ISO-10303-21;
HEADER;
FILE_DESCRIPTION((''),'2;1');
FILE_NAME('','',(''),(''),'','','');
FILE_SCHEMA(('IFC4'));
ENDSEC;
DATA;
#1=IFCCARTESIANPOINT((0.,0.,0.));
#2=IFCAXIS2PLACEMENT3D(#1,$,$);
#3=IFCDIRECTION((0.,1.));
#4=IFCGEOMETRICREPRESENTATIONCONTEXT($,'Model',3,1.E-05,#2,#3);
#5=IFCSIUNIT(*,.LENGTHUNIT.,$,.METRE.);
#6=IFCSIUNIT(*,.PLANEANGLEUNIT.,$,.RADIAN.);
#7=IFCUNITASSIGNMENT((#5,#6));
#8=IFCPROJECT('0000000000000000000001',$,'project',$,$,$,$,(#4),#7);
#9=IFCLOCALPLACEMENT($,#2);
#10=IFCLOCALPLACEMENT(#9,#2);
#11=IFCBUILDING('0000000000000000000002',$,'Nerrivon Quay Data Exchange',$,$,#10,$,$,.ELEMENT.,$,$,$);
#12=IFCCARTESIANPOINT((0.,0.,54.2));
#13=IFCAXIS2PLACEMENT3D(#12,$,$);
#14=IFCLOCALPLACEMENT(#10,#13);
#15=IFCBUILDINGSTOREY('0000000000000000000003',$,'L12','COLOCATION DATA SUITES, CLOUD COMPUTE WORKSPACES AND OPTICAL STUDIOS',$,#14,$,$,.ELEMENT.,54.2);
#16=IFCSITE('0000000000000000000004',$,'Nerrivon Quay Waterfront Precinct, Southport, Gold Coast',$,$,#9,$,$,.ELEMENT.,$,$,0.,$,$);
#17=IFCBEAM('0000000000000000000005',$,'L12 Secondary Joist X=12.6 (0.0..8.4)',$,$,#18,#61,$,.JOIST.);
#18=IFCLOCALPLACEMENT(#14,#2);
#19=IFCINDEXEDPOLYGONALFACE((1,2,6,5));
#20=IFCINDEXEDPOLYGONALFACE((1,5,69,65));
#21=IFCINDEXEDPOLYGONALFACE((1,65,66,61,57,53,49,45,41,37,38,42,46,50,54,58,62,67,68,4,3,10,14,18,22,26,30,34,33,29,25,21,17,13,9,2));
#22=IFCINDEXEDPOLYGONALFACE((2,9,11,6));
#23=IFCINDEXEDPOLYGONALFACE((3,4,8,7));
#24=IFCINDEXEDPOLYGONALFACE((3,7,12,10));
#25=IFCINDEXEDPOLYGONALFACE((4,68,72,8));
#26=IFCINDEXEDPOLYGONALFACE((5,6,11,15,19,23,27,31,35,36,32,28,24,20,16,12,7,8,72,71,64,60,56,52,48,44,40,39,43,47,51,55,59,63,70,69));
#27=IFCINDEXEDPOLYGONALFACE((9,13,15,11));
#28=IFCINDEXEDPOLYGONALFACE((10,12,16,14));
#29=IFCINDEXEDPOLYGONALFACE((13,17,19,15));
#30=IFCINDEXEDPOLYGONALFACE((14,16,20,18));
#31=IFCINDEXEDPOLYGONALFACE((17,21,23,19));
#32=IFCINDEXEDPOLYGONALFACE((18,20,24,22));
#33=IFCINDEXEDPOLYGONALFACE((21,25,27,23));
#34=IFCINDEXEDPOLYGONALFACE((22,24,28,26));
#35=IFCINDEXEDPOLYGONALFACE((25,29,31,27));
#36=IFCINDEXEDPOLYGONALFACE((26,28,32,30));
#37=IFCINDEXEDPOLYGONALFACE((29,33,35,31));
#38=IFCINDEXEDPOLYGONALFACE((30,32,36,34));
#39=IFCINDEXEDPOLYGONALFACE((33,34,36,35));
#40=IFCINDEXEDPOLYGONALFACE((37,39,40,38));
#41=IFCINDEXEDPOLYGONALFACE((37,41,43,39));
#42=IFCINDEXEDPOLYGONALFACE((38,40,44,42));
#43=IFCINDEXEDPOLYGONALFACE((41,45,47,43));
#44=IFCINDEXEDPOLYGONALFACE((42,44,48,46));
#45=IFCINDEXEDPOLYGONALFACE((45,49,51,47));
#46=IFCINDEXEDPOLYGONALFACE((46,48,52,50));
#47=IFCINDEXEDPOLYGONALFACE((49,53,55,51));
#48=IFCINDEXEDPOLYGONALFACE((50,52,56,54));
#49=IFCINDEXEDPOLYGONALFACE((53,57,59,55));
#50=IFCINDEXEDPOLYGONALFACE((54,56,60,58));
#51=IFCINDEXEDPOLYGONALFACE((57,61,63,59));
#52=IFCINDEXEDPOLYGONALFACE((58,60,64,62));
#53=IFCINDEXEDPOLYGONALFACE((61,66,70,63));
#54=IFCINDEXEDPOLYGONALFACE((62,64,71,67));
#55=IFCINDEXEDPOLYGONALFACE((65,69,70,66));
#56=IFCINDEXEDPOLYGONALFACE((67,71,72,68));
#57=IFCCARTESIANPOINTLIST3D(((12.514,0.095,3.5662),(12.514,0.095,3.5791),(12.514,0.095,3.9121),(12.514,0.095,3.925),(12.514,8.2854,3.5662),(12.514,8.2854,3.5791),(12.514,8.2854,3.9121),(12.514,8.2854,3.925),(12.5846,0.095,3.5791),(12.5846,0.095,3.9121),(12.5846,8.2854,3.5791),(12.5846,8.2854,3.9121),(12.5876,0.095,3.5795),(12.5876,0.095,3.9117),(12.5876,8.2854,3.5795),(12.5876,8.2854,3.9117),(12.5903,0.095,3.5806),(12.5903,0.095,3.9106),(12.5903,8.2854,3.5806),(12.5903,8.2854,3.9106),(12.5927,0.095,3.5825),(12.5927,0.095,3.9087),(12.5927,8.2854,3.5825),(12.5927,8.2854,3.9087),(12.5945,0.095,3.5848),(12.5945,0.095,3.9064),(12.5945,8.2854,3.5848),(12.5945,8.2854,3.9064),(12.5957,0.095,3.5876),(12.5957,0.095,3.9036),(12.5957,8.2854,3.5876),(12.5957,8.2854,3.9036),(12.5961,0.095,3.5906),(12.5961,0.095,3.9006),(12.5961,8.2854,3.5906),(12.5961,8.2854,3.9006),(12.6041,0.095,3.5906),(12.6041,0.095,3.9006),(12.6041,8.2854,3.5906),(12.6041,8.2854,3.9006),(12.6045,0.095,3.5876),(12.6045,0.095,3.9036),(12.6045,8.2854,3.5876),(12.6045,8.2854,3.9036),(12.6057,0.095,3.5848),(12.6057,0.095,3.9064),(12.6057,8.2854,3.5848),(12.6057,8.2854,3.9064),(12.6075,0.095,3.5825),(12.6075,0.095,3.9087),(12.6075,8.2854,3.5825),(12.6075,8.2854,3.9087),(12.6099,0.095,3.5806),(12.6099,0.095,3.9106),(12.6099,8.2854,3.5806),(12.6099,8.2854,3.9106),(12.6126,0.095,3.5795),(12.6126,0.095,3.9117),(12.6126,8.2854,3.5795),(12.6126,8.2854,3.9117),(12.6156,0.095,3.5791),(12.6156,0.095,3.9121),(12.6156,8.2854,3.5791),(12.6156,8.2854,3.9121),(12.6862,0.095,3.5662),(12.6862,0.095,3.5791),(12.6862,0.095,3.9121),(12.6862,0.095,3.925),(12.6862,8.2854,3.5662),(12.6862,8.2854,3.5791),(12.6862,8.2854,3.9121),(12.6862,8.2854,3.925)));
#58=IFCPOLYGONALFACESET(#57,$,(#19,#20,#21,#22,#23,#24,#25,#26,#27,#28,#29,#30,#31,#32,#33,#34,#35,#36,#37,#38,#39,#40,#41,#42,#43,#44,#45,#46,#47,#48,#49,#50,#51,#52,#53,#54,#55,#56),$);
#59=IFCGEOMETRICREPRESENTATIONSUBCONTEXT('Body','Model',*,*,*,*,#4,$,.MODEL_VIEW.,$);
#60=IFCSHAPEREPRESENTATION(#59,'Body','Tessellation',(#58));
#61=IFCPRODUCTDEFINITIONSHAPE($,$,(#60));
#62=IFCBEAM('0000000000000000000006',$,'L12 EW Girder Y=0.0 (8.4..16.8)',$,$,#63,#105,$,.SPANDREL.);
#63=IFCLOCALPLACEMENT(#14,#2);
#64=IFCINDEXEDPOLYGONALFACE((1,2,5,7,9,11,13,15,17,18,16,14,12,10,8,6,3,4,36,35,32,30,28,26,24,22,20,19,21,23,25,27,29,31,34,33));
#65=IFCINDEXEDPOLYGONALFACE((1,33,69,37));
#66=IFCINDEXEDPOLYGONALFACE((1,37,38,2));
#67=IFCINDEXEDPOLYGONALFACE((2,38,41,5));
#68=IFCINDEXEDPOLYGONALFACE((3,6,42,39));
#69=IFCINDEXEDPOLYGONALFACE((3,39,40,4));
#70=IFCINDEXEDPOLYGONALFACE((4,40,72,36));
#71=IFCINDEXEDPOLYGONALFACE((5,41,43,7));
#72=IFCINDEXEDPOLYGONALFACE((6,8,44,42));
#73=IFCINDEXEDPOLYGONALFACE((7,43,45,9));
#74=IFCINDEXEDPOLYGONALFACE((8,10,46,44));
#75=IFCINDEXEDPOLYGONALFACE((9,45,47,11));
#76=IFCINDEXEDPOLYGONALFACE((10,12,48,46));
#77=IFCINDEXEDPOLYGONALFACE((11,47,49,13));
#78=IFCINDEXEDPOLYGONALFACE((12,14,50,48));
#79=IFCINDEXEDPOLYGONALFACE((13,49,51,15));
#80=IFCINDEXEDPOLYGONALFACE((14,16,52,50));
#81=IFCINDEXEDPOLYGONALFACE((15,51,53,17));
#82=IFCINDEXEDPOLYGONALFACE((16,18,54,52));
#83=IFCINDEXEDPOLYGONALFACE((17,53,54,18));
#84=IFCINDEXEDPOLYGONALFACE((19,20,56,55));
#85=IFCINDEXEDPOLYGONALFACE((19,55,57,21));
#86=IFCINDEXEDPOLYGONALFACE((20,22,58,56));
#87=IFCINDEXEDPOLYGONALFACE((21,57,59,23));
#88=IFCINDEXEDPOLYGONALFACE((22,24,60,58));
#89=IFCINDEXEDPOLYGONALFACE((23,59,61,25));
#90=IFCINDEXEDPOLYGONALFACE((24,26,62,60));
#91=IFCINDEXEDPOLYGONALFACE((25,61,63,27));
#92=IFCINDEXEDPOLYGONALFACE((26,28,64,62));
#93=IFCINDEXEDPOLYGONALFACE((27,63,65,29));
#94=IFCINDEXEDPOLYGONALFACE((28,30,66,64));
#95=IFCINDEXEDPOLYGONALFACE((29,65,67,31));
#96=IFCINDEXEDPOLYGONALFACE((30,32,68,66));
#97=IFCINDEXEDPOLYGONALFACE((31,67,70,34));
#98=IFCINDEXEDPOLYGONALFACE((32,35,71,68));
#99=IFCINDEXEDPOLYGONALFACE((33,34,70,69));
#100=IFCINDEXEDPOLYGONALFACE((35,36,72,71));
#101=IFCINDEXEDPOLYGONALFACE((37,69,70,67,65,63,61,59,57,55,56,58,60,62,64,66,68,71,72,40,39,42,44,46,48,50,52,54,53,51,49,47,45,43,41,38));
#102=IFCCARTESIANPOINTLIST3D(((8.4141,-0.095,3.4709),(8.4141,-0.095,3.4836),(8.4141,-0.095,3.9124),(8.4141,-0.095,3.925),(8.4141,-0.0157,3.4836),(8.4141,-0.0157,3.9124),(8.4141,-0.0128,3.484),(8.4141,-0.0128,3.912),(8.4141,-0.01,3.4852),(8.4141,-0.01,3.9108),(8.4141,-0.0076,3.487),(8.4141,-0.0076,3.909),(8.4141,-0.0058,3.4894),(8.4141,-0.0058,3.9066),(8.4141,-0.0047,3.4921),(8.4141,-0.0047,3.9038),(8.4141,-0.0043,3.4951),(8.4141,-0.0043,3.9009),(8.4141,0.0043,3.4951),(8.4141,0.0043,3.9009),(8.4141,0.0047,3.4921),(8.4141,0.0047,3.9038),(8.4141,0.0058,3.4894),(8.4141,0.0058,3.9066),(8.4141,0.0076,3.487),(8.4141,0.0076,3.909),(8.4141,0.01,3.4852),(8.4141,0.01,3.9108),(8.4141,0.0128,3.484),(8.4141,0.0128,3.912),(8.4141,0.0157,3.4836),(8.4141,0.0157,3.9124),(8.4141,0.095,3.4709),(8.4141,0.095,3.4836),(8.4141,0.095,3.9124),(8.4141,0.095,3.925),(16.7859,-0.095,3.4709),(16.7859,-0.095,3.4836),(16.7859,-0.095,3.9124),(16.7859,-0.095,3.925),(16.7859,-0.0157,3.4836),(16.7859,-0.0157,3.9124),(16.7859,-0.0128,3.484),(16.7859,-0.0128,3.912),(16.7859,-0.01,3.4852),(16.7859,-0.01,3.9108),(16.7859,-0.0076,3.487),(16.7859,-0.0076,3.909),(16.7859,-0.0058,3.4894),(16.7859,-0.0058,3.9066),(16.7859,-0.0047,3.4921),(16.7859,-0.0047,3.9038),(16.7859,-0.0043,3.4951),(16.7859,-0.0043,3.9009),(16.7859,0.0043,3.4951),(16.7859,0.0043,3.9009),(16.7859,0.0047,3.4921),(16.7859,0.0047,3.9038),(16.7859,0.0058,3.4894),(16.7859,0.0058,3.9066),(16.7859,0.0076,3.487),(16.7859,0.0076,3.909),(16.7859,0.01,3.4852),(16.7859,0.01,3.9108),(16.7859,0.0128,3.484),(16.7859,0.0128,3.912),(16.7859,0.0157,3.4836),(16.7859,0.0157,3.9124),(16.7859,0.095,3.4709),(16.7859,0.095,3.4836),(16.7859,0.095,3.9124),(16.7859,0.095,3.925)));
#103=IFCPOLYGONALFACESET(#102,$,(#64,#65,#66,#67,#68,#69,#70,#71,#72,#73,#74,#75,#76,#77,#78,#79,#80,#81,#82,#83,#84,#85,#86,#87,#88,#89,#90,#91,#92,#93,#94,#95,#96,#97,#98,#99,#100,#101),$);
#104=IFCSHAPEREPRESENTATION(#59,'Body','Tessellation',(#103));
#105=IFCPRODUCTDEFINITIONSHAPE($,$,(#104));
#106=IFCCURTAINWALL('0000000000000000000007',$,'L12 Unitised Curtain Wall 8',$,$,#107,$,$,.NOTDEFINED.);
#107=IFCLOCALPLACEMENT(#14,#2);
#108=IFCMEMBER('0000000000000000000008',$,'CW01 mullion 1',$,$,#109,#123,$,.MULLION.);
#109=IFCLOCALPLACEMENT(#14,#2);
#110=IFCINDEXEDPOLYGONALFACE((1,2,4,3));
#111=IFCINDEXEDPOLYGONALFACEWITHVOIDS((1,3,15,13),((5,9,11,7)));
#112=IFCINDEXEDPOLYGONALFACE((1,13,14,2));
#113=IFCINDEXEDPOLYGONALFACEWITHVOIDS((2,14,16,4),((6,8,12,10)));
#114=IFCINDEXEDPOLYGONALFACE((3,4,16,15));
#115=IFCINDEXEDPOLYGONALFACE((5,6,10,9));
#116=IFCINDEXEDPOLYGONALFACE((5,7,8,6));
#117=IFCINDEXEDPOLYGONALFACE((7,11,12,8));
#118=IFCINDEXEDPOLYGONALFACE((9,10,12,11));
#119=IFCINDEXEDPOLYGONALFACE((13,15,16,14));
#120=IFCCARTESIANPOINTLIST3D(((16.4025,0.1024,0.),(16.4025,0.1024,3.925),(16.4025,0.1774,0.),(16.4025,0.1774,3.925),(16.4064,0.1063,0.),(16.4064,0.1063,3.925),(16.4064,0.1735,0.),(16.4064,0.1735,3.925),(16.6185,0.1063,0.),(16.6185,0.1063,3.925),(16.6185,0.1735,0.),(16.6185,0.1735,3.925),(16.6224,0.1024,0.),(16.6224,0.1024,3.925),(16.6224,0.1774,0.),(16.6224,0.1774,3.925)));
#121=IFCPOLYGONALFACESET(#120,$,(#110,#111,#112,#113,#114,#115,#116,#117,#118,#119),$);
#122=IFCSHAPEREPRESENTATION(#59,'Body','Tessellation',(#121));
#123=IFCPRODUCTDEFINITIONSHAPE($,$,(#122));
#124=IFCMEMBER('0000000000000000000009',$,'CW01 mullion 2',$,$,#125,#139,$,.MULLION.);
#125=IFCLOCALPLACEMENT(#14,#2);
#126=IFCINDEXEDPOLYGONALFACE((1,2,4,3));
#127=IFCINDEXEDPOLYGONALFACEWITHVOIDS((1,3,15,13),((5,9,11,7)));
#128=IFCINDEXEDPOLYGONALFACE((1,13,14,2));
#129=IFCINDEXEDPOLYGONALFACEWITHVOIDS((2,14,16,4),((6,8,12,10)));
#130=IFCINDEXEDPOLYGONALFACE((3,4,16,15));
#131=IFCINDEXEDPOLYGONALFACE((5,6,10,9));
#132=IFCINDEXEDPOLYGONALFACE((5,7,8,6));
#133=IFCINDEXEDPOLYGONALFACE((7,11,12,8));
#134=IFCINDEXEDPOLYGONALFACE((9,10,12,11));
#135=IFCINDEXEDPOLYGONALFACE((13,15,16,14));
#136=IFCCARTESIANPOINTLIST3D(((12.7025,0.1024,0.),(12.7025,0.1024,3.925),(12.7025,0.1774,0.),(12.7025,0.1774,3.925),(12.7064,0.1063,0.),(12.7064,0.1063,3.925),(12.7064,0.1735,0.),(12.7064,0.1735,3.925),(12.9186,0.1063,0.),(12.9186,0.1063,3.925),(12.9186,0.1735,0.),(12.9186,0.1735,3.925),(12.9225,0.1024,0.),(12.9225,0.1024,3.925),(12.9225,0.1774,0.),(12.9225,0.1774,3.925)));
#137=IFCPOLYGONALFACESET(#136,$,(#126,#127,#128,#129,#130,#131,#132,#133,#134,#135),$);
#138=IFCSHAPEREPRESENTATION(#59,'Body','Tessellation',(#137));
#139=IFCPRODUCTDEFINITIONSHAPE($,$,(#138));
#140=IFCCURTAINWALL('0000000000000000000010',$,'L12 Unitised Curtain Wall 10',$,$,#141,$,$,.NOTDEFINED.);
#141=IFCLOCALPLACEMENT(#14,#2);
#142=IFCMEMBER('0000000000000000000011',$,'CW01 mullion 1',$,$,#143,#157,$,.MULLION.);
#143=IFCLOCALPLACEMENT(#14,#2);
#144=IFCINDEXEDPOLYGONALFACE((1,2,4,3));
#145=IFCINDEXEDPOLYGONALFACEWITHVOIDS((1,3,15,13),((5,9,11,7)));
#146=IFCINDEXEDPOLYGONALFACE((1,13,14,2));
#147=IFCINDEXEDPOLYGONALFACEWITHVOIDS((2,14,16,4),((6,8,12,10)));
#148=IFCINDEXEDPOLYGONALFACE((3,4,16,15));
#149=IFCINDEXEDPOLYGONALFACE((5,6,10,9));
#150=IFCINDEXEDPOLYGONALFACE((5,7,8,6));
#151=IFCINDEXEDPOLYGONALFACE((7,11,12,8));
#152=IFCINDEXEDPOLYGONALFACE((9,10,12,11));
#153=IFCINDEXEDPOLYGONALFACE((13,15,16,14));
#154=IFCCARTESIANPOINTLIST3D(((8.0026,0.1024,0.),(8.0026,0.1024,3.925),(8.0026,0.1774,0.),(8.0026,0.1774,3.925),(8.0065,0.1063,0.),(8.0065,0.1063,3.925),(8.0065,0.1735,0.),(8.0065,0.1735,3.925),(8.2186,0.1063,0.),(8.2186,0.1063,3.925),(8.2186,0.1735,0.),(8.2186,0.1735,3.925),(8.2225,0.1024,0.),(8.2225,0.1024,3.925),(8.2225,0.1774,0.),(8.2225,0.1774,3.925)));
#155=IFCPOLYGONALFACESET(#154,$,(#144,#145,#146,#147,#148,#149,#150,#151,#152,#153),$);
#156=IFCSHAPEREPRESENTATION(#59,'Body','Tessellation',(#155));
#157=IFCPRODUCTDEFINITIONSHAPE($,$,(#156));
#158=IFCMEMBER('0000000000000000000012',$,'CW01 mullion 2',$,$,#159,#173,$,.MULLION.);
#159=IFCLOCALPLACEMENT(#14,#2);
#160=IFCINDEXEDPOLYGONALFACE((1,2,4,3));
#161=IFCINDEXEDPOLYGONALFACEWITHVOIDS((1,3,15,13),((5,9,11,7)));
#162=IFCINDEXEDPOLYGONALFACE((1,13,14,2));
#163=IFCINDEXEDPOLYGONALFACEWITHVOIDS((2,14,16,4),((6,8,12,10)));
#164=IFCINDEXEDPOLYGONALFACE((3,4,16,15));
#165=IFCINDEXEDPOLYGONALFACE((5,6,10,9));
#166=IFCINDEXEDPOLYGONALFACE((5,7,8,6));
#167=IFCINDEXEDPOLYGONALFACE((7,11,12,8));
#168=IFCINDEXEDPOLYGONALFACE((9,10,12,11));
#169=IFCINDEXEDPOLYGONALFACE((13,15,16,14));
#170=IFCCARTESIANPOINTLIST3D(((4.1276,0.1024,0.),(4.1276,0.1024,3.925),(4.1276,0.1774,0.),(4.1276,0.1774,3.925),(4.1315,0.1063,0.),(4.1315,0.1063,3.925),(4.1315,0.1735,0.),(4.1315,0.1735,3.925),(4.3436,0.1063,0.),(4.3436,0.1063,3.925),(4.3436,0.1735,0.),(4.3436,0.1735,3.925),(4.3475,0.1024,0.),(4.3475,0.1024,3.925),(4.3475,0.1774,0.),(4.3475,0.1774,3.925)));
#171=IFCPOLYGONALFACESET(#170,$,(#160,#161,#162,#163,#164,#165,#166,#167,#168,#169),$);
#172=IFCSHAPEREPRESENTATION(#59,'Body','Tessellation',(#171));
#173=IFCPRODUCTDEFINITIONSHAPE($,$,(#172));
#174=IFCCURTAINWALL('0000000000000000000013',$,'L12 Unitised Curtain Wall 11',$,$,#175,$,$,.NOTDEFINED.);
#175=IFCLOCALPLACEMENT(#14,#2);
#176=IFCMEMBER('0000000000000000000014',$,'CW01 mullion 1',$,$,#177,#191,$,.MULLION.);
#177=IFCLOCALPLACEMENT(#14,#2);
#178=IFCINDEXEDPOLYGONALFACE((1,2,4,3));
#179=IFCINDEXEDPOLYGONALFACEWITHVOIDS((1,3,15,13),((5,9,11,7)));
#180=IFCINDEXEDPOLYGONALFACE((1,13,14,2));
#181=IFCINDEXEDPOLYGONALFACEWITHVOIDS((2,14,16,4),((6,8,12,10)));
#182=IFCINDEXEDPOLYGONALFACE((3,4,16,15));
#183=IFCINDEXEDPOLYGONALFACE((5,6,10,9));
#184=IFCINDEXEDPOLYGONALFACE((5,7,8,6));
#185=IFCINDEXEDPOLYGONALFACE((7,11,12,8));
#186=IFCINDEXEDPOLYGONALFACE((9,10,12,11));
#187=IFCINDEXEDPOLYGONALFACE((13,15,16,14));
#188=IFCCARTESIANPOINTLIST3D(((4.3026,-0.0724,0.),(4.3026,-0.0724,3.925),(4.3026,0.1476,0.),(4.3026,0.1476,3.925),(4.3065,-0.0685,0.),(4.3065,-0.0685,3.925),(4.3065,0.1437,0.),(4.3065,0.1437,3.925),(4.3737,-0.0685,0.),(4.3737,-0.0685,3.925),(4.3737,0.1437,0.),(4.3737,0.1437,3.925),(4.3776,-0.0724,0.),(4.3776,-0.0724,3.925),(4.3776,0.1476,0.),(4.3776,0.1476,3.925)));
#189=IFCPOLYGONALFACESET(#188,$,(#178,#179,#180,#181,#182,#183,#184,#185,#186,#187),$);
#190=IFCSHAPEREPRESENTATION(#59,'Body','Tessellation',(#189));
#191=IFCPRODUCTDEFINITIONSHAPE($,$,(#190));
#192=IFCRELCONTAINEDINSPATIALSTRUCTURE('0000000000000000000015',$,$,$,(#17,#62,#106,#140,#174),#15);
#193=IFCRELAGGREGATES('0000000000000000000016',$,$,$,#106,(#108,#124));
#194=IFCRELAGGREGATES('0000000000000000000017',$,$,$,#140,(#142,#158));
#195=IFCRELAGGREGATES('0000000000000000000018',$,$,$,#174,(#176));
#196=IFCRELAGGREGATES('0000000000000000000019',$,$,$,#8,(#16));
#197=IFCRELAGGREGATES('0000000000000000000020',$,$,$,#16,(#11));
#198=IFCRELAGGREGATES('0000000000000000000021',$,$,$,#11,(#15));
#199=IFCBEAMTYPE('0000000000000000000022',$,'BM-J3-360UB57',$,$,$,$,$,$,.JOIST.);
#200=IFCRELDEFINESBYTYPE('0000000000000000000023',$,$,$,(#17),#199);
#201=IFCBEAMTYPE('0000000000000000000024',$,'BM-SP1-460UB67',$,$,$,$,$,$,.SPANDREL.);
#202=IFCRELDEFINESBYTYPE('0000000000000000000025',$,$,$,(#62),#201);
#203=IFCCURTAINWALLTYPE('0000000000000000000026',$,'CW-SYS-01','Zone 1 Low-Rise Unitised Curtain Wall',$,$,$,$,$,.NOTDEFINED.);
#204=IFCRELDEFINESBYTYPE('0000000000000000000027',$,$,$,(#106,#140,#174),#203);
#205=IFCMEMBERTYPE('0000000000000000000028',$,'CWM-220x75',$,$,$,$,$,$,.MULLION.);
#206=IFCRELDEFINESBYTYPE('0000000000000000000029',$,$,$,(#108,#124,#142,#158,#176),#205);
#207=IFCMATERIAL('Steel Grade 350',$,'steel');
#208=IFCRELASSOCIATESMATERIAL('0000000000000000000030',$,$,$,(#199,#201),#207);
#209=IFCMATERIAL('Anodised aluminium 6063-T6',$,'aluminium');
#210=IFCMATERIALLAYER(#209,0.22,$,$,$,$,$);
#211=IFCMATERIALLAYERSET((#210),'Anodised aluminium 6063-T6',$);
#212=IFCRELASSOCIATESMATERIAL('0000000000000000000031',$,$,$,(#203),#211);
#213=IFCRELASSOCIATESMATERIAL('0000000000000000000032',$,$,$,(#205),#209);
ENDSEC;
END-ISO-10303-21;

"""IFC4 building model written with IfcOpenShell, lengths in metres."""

from ifc_helpers import new_model, si_unit, direction, frame, origin, origin_2d, place, context, subcontext, project, spatial, hollow_rectangle, i_section, extrude, material, layer, layer_set, material_profile, profile_set, type_object, element, aggregate, save


model = new_model("IFC4")

# Units and contexts
model_context = context("Model", 3, precision=1e-05, world=origin(), true_north=direction((0.0, 1.0)))
body_context = subcontext(model_context, "Body", "Model", "MODEL_VIEW")
ifc_project = project(units=[si_unit("LENGTHUNIT", "METRE"), si_unit("PLANEANGLEUNIT", "RADIAN")], contexts=[model_context])

# Site, building, storey
site_placement = place(None, origin())
site = spatial("IfcSite", under=ifc_project, at=site_placement, Name="Nerrivon Quay Waterfront Precinct, Southport, Gold Coast", CompositionType="ELEMENT", RefElevation=0.0)
building_placement = place(site_placement, origin())
building = spatial("IfcBuilding", under=site, at=building_placement, Name="Nerrivon Quay Data Exchange", CompositionType="ELEMENT")
storey_placement = place(building_placement, frame((0.0, 0.0, 54.2)))
storey = spatial("IfcBuildingStorey", under=building, at=storey_placement, Name="L12", Description="COLOCATION DATA SUITES, CLOUD COMPUTE WORKSPACES AND OPTICAL STUDIOS", CompositionType="ELEMENT", Elevation=54.2)

# Shared definitions
ifc_material_1 = material(Name="Steel Grade 350", Category="steel")

# Beams
ifc_material_profile_1 = material_profile(ifc_material_1, i_section(OverallWidth=0.1721, OverallDepth=0.3589, WebThickness=0.0081, FlangeThickness=0.0129, FilletRadius=0.0115, at=origin_2d()), Name="360UB56.7")
ifc_profile_set_1 = profile_set([ifc_material_profile_1], Name="Steel Grade 350")
beam_type_1 = type_object("IfcBeamType", Name="BM-J3-360UB57", PredefinedType="JOIST", material=ifc_profile_set_1)
beam_1_placement = place(storey_placement, frame((12.6001, 0.095, 3.7456), z_axis=(0.0, 1.0, 0.0), x_axis=(-1.0, 0.0, 0.0)))
element("IfcBeam", 1, at=beam_1_placement, inside=storey, type_object=beam_type_1, Name="L12 Secondary Joist X=12.6 (0.0..8.4)", PredefinedType="JOIST", context=body_context, shape_type="SweptSolid", body=[
    extrude(i_section(OverallWidth=0.1721, OverallDepth=0.3589, WebThickness=0.0081, FlangeThickness=0.0129, FilletRadius=0.0115, at=origin_2d()), origin(), (0.0, 0.0, 1.0), 8.1904),
])
ifc_material_profile_2 = material_profile(ifc_material_1, i_section(OverallWidth=0.1899, OverallDepth=0.4541, WebThickness=0.0085, FlangeThickness=0.0127, FilletRadius=0.0115, at=origin_2d()), Name="460UB67.1")
ifc_profile_set_2 = profile_set([ifc_material_profile_2], Name="Steel Grade 350")
beam_type_2 = type_object("IfcBeamType", Name="BM-SP1-460UB67", PredefinedType="SPANDREL", material=ifc_profile_set_2)
beam_2_placement = place(storey_placement, frame((8.4141, 0.0, 3.698), z_axis=(1.0, 0.0, 0.0), x_axis=(0.0, 1.0, 0.0)))
element("IfcBeam", 2, at=beam_2_placement, inside=storey, type_object=beam_type_2, Name="L12 EW Girder Y=0.0 (8.4..16.8)", PredefinedType="SPANDREL", context=body_context, shape_type="SweptSolid", body=[
    extrude(i_section(OverallWidth=0.1899, OverallDepth=0.4541, WebThickness=0.0085, FlangeThickness=0.0127, FilletRadius=0.0115, at=origin_2d()), origin(), (0.0, 0.0, 1.0), 8.3718),
])

# Curtain walls, members
ifc_material_2 = material(Name="Anodised aluminium 6063-T6", Category="aluminium")
ifc_layer_1 = layer(ifc_material_2, 0.22)
ifc_layer_set_1 = layer_set([ifc_layer_1], Name="Anodised aluminium 6063-T6")
curtain_wall_type = type_object("IfcCurtainWallType", Name="CW-SYS-01", Description="Zone 1 Low-Rise Unitised Curtain Wall", PredefinedType="NOTDEFINED", material=ifc_layer_set_1)
curtain_wall_1_placement = place(storey_placement, origin())
curtain_wall_1 = element("IfcCurtainWall", 3, at=curtain_wall_1_placement, inside=storey, type_object=curtain_wall_type, Name="L12 Unitised Curtain Wall 8", PredefinedType="NOTDEFINED")
ifc_material_profile_3 = material_profile(ifc_material_2, hollow_rectangle(XDim=0.075, YDim=0.22, WallThickness=0.0039, at=origin_2d()), Name="ALU-MULL-220x75")
ifc_profile_set_3 = profile_set([ifc_material_profile_3], Name="Anodised aluminium 6063-T6")
member_type_1 = type_object("IfcMemberType", Name="CWM-220x75", PredefinedType="MULLION", material=ifc_profile_set_3)
member_1_placement = place(storey_placement, frame((16.5125, 0.1399, 0.0), z_axis=(0.0, 0.0, 1.0), x_axis=(0.0, -1.0, 0.0)))
member_1 = element("IfcMember", 4, at=member_1_placement, type_object=member_type_1, Name="CW01 mullion 1", PredefinedType="MULLION", context=body_context, shape_type="SweptSolid", body=[
    extrude(hollow_rectangle(XDim=0.075, YDim=0.22, WallThickness=0.0039, at=origin_2d()), origin(), (0.0, 0.0, 1.0), 3.925),
])
member_2_placement = place(storey_placement, frame((12.8125, 0.1399, 0.0), z_axis=(0.0, 0.0, 1.0), x_axis=(0.0, -1.0, 0.0)))
member_2 = element("IfcMember", 5, at=member_2_placement, type_object=member_type_1, Name="CW01 mullion 2", PredefinedType="MULLION", context=body_context, shape_type="SweptSolid", body=[
    extrude(hollow_rectangle(XDim=0.075, YDim=0.22, WallThickness=0.0039, at=origin_2d()), origin(), (0.0, 0.0, 1.0), 3.925),
])
curtain_wall_2_placement = place(storey_placement, origin())
curtain_wall_2 = element("IfcCurtainWall", 6, at=curtain_wall_2_placement, inside=storey, type_object=curtain_wall_type, Name="L12 Unitised Curtain Wall 10", PredefinedType="NOTDEFINED")
member_3_placement = place(storey_placement, frame((8.1125, 0.1399, 0.0), z_axis=(0.0, 0.0, 1.0), x_axis=(0.0, -1.0, 0.0)))
member_3 = element("IfcMember", 7, at=member_3_placement, type_object=member_type_1, Name="CW01 mullion 1", PredefinedType="MULLION", context=body_context, shape_type="SweptSolid", body=[
    extrude(hollow_rectangle(XDim=0.075, YDim=0.22, WallThickness=0.0039, at=origin_2d()), origin(), (0.0, 0.0, 1.0), 3.925),
])
member_4_placement = place(storey_placement, frame((4.2375, 0.1399, 0.0), z_axis=(0.0, 0.0, 1.0), x_axis=(0.0, -1.0, 0.0)))
member_4 = element("IfcMember", 8, at=member_4_placement, type_object=member_type_1, Name="CW01 mullion 2", PredefinedType="MULLION", context=body_context, shape_type="SweptSolid", body=[
    extrude(hollow_rectangle(XDim=0.075, YDim=0.22, WallThickness=0.0039, at=origin_2d()), origin(), (0.0, 0.0, 1.0), 3.925),
])
curtain_wall_3_placement = place(storey_placement, origin())
curtain_wall_3 = element("IfcCurtainWall", 9, at=curtain_wall_3_placement, inside=storey, type_object=curtain_wall_type, Name="L12 Unitised Curtain Wall 11", PredefinedType="NOTDEFINED")
member_5_placement = place(storey_placement, frame((4.3401, 0.0376, 0.0), z_axis=(0.0, 0.0, 1.0), x_axis=(-1.0, 0.0, 0.0)))
member_5 = element("IfcMember", 10, at=member_5_placement, type_object=member_type_1, Name="CW01 mullion 1", PredefinedType="MULLION", context=body_context, shape_type="SweptSolid", body=[
    extrude(hollow_rectangle(XDim=0.075, YDim=0.22, WallThickness=0.0039, at=origin_2d()), origin(), (0.0, 0.0, 1.0), 3.925),
])

aggregate(curtain_wall_1, [member_1, member_2])
aggregate(curtain_wall_2, [member_3, member_4])
aggregate(curtain_wall_3, [member_5])

save(model, "model.ifc")
